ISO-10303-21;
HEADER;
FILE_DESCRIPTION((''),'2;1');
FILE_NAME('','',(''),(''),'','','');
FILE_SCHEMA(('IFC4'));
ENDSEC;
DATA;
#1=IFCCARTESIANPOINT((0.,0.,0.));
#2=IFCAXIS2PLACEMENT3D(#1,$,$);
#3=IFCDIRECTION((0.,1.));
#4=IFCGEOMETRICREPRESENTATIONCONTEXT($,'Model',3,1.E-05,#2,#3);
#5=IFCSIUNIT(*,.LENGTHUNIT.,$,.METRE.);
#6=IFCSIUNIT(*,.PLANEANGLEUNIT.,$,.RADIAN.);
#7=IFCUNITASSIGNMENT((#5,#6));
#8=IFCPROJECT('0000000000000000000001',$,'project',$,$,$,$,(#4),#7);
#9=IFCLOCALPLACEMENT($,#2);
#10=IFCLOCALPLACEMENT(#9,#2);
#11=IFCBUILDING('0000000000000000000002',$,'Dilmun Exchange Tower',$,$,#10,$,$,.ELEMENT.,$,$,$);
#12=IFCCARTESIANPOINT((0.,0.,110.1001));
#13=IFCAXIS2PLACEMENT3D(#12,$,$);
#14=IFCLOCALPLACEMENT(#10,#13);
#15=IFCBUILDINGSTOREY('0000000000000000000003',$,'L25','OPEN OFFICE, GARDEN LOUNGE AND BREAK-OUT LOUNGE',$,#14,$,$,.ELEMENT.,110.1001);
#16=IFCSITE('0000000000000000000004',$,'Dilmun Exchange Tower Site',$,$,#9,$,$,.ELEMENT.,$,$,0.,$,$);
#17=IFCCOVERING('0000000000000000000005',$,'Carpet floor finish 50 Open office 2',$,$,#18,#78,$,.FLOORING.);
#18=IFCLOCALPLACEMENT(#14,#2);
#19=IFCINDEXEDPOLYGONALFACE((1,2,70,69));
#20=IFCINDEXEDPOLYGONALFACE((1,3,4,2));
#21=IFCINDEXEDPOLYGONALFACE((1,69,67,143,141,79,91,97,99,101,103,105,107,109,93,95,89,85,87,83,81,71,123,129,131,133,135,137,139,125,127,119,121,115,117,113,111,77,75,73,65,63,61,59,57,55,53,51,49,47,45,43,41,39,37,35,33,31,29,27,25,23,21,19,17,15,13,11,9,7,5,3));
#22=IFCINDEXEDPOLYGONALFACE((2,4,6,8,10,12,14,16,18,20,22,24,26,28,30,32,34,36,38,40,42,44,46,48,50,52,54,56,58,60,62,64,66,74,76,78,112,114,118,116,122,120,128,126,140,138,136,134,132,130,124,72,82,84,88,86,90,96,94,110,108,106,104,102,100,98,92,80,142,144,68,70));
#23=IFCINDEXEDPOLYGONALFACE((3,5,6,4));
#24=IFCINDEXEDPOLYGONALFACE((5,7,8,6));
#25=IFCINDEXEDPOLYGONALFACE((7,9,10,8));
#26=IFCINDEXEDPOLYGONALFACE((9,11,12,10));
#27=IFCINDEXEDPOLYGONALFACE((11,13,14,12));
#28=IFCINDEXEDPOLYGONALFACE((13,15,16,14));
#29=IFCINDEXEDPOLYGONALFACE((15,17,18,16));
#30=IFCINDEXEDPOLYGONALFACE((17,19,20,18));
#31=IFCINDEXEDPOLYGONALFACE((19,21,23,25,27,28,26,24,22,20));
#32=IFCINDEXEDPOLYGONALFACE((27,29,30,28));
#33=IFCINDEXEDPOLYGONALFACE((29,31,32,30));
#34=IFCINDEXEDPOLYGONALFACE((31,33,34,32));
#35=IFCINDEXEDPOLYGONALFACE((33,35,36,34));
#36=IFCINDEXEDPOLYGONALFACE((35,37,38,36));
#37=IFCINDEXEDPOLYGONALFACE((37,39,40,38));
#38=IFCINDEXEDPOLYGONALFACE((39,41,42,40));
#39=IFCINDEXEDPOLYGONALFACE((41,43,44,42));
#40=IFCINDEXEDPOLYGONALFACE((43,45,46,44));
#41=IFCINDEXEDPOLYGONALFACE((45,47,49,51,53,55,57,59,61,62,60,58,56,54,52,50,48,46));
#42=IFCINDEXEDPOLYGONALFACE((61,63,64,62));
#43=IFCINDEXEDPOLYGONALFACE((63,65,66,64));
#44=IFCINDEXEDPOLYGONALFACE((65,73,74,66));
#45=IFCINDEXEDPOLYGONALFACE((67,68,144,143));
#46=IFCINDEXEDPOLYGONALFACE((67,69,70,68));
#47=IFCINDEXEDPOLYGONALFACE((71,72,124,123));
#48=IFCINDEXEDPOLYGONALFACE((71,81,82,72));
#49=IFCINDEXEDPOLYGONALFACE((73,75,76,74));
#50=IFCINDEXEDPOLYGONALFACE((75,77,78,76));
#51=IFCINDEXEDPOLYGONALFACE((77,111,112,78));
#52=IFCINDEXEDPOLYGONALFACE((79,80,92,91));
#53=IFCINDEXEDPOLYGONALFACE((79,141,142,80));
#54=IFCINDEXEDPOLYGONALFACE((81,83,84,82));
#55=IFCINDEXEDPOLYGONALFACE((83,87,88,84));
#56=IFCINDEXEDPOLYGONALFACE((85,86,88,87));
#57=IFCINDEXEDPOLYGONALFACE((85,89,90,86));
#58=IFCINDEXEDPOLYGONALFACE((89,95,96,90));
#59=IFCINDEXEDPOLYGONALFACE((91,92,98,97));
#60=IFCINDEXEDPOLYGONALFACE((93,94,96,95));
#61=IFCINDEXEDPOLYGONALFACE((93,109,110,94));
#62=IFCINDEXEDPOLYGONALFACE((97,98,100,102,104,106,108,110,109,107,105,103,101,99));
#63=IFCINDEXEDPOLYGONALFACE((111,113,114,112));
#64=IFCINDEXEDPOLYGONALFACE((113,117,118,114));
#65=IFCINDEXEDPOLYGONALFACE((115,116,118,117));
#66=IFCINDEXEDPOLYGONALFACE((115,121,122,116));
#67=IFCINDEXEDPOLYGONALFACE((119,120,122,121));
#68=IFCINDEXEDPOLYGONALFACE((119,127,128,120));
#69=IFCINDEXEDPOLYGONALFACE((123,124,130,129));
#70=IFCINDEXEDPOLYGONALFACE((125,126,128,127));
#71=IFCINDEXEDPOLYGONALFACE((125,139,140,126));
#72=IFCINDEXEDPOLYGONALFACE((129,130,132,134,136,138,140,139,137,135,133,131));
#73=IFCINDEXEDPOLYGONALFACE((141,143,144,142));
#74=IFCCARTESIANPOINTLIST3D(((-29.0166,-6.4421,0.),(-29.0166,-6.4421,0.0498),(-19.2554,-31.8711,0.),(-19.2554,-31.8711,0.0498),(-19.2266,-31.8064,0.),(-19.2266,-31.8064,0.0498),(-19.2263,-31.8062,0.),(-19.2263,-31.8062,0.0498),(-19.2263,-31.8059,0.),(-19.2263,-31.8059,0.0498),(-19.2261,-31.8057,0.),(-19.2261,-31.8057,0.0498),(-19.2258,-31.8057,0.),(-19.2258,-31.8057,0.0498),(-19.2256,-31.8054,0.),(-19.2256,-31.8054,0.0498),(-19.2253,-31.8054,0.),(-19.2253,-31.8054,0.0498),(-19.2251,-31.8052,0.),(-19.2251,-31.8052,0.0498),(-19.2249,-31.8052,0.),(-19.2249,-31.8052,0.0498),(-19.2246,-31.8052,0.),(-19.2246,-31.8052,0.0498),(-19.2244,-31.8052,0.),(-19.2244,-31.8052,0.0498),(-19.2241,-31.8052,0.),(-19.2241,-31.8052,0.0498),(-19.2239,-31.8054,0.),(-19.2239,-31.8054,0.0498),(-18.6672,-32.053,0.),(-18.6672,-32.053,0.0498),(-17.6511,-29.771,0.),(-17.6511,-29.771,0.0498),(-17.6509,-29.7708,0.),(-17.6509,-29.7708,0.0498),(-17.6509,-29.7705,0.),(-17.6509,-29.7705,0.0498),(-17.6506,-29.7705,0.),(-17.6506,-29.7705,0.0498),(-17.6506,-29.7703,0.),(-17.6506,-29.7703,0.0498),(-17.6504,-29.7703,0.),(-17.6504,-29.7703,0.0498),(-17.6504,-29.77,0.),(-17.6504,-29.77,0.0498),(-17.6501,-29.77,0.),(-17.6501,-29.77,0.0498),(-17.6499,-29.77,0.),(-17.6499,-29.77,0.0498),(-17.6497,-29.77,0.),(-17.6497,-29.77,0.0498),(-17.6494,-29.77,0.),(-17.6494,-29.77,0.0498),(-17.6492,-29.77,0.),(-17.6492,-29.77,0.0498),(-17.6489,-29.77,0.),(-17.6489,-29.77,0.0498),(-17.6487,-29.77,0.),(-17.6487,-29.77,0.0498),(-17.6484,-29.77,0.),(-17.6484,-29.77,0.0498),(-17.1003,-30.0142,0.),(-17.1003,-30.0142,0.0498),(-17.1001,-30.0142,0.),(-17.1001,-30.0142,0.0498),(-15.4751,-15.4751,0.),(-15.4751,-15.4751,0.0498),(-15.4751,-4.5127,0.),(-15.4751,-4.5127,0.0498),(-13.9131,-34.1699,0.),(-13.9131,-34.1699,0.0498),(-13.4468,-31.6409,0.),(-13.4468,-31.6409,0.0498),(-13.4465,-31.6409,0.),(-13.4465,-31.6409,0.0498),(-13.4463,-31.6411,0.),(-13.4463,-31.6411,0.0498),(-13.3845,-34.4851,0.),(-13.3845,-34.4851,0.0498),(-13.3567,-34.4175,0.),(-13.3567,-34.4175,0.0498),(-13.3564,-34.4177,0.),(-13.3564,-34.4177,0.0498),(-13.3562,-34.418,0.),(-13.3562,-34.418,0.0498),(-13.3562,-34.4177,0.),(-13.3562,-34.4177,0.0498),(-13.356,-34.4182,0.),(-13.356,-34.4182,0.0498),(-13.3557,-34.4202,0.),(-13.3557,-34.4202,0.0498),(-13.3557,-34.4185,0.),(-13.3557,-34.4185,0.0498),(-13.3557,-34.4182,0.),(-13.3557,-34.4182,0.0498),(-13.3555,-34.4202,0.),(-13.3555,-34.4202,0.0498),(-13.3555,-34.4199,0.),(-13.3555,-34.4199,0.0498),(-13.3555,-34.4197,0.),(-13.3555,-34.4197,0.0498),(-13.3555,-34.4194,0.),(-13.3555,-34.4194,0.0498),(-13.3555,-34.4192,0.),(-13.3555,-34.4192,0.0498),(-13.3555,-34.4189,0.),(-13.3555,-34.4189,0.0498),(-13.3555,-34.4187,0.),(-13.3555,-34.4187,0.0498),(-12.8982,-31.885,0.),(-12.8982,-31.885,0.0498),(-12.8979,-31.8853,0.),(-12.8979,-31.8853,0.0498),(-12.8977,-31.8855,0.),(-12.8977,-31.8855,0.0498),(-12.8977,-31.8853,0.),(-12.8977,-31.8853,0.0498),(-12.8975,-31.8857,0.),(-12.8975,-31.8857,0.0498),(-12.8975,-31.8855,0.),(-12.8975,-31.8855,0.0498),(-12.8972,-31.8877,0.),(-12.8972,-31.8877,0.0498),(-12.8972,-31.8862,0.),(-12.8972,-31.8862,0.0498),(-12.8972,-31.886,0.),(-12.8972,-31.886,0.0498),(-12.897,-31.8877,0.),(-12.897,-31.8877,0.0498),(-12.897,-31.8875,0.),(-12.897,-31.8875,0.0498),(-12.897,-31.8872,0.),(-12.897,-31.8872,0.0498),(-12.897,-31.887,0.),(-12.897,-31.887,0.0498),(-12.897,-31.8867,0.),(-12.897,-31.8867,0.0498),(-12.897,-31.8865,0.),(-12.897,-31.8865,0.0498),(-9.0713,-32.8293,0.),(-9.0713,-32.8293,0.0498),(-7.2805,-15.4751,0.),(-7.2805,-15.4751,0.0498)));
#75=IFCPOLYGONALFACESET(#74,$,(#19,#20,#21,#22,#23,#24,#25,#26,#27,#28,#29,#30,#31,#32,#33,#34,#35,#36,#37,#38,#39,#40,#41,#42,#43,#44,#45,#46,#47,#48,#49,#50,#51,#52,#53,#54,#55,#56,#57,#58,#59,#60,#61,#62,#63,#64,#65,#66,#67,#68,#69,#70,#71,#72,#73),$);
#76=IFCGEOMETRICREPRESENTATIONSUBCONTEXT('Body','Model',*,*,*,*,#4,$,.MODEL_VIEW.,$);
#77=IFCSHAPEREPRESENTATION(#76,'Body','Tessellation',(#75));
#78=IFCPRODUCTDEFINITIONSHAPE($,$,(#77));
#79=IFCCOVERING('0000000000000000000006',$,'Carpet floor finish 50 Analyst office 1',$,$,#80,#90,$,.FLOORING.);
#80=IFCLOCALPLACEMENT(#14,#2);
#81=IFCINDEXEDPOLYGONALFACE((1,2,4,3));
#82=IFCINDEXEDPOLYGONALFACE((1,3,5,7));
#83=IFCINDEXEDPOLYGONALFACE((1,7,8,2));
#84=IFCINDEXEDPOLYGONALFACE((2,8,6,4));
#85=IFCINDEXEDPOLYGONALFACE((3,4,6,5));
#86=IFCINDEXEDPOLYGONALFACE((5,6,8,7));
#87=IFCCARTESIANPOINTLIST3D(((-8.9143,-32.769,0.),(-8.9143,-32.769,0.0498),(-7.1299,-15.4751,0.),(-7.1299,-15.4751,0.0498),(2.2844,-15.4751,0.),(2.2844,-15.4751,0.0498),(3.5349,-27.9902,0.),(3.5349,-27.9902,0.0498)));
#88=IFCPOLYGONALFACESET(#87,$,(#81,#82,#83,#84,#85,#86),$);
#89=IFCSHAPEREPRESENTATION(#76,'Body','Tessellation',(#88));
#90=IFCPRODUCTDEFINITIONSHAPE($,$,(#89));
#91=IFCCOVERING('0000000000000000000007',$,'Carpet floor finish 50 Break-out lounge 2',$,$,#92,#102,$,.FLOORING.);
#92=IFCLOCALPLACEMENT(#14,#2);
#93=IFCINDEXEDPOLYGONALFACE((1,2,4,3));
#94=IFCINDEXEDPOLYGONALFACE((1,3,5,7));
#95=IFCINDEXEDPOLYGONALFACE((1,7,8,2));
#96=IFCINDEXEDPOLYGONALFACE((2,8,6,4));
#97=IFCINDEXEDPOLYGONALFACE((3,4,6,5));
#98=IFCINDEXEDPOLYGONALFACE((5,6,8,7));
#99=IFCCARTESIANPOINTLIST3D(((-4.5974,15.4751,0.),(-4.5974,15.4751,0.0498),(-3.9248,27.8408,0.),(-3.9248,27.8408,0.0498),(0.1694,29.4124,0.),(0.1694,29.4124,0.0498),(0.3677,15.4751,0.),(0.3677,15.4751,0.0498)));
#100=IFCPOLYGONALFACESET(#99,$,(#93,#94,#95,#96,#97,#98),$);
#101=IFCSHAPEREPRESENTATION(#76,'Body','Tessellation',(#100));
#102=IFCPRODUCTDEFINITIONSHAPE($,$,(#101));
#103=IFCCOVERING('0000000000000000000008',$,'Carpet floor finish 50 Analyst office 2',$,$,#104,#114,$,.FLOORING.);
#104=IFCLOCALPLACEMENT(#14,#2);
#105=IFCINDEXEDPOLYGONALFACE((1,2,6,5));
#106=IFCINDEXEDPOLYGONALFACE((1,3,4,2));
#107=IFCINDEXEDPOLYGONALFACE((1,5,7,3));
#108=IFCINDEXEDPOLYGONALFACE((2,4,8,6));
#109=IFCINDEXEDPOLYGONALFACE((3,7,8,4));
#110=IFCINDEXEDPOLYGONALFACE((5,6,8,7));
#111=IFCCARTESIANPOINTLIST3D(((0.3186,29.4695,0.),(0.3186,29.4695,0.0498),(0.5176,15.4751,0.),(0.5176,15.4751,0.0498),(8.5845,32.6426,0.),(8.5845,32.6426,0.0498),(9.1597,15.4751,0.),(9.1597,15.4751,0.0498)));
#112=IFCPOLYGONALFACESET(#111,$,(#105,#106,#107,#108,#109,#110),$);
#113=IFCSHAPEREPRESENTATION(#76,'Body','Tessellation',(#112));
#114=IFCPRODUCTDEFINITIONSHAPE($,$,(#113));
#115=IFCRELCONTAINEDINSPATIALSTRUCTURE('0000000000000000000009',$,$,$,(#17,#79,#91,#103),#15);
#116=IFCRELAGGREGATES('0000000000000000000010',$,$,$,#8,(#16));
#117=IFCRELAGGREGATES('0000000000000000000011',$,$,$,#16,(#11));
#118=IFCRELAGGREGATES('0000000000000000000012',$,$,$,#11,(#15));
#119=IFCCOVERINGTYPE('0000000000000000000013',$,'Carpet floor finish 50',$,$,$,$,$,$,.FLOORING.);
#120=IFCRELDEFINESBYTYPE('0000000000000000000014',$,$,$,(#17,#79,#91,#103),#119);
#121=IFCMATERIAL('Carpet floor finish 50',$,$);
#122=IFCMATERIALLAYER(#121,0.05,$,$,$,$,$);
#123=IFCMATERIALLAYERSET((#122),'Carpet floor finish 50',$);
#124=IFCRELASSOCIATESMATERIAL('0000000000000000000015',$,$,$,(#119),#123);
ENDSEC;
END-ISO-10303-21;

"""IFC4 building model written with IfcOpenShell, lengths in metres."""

from ifc_helpers import new_model, si_unit, direction, frame, origin, place, context, subcontext, project, spatial, polyline, outline, extrude, material, layer, layer_set, type_object, element, save


model = new_model("IFC4")

# Units and contexts
model_context = context("Model", 3, precision=1e-05, world=origin(), true_north=direction((0.0, 1.0)))
body_context = subcontext(model_context, "Body", "Model", "MODEL_VIEW")
ifc_project = project(units=[si_unit("LENGTHUNIT", "METRE"), si_unit("PLANEANGLEUNIT", "RADIAN")], contexts=[model_context])

# Site, building, storey
site_placement = place(None, origin())
site = spatial("IfcSite", under=ifc_project, at=site_placement, Name="Dilmun Exchange Tower Site", CompositionType="ELEMENT", RefElevation=0.0)
building_placement = place(site_placement, origin())
building = spatial("IfcBuilding", under=site, at=building_placement, Name="Dilmun Exchange Tower", CompositionType="ELEMENT")
storey_placement = place(building_placement, frame((0.0, 0.0, 110.1001)))
storey = spatial("IfcBuildingStorey", under=building, at=storey_placement, Name="L25", Description="OPEN OFFICE, GARDEN LOUNGE AND BREAK-OUT LOUNGE", CompositionType="ELEMENT", Elevation=110.1001)

# Coverings
ifc_material_1 = material(Name="Carpet floor finish 50")
ifc_layer_1 = layer(ifc_material_1, 0.05)
ifc_layer_set_1 = layer_set([ifc_layer_1], Name="Carpet floor finish 50")
covering_type_1 = type_object("IfcCoveringType", Name="Carpet floor finish 50", PredefinedType="FLOORING", material=ifc_layer_set_1)
covering_1_placement = place(storey_placement, origin())
element("IfcCovering", 1, at=covering_1_placement, inside=storey, type_object=covering_type_1, Name="Carpet floor finish 50 Open office 2", PredefinedType="FLOORING", context=body_context, shape_type="SweptSolid", body=[
    extrude(outline(polyline([(-15.4751, -4.5127), (-15.4751, -15.4751), (-7.2805, -15.4751), (-9.0713, -32.8293), (-13.3845, -34.4851), (-13.3557, -34.4202), (-13.3555, -34.4202), (-13.3555, -34.4199), (-13.3555, -34.4197), (-13.3555, -34.4194), (-13.3555, -34.4192), (-13.3555, -34.4192), (-13.3555, -34.4189), (-13.3555, -34.4187), (-13.3557, -34.4185), (-13.3557, -34.4185), (-13.3557, -34.4182), (-13.356, -34.4182), (-13.3562, -34.418), (-13.3562, -34.4177), (-13.3564, -34.4177), (-13.3567, -34.4175), (-13.9131, -34.1699), (-12.8972, -31.8877), (-12.897, -31.8877), (-12.897, -31.8875), (-12.897, -31.8872), (-12.897, -31.887), (-12.897, -31.8867), (-12.897, -31.8867), (-12.897, -31.8865), (-12.8972, -31.8862), (-12.8972, -31.886), (-12.8972, -31.886), (-12.8975, -31.8857), (-12.8975, -31.8855), (-12.8977, -31.8855), (-12.8977, -31.8853), (-12.8979, -31.8853), (-12.8982, -31.885), (-13.4463, -31.6411), (-13.4463, -31.6411), (-13.4465, -31.6409), (-13.4468, -31.6409), (-17.1001, -30.0142), (-17.1001, -30.0142), (-17.1003, -30.0142), (-17.6484, -29.77), (-17.6487, -29.77), (-17.6489, -29.77), (-17.6492, -29.77), (-17.6494, -29.77), (-17.6494, -29.77), (-17.6497, -29.77), (-17.6499, -29.77), (-17.6501, -29.77), (-17.6504, -29.77), (-17.6504, -29.7703), (-17.6506, -29.7703), (-17.6506, -29.7705), (-17.6509, -29.7705), (-17.6509, -29.7708), (-17.6511, -29.771), (-17.6511, -29.771), (-18.6672, -32.053), (-19.2239, -31.8054), (-19.2241, -31.8052), (-19.2241, -31.8052), (-19.2244, -31.8052), (-19.2246, -31.8052), (-19.2249, -31.8052), (-19.2251, -31.8052), (-19.2251, -31.8052), (-19.2253, -31.8054), (-19.2256, -31.8054), (-19.2256, -31.8054), (-19.2258, -31.8057), (-19.2261, -31.8057), (-19.2263, -31.8059), (-19.2263, -31.8059), (-19.2263, -31.8062), (-19.2266, -31.8064), (-19.2554, -31.8711), (-29.0166, -6.4421), (-15.4751, -4.5127)])), origin(), (0.0, 0.0, 1.0), 0.0498),
])
covering_2_placement = place(storey_placement, origin())
element("IfcCovering", 2, at=covering_2_placement, inside=storey, type_object=covering_type_1, Name="Carpet floor finish 50 Analyst office 1", PredefinedType="FLOORING", context=body_context, shape_type="SweptSolid", body=[
    extrude(outline(polyline([(-7.1299, -15.4751), (2.2844, -15.4751), (3.5349, -27.9902), (-8.9143, -32.769), (-7.1299, -15.4751)])), origin(), (0.0, 0.0, 1.0), 0.0498),
])
covering_3_placement = place(storey_placement, origin())
element("IfcCovering", 3, at=covering_3_placement, inside=storey, type_object=covering_type_1, Name="Carpet floor finish 50 Break-out lounge 2", PredefinedType="FLOORING", context=body_context, shape_type="SweptSolid", body=[
    extrude(outline(polyline([(0.3677, 15.4751), (-4.5974, 15.4751), (-3.9248, 27.8408), (0.1694, 29.4124), (0.3677, 15.4751)])), origin(), (0.0, 0.0, 1.0), 0.0498),
])
covering_4_placement = place(storey_placement, origin())
element("IfcCovering", 4, at=covering_4_placement, inside=storey, type_object=covering_type_1, Name="Carpet floor finish 50 Analyst office 2", PredefinedType="FLOORING", context=body_context, shape_type="SweptSolid", body=[
    extrude(outline(polyline([(0.3186, 29.4695), (8.5845, 32.6426), (9.1597, 15.4751), (0.5176, 15.4751), (0.3186, 29.4695)])), origin(), (0.0, 0.0, 1.0), 0.0498),
])

save(model, "model.ifc")
